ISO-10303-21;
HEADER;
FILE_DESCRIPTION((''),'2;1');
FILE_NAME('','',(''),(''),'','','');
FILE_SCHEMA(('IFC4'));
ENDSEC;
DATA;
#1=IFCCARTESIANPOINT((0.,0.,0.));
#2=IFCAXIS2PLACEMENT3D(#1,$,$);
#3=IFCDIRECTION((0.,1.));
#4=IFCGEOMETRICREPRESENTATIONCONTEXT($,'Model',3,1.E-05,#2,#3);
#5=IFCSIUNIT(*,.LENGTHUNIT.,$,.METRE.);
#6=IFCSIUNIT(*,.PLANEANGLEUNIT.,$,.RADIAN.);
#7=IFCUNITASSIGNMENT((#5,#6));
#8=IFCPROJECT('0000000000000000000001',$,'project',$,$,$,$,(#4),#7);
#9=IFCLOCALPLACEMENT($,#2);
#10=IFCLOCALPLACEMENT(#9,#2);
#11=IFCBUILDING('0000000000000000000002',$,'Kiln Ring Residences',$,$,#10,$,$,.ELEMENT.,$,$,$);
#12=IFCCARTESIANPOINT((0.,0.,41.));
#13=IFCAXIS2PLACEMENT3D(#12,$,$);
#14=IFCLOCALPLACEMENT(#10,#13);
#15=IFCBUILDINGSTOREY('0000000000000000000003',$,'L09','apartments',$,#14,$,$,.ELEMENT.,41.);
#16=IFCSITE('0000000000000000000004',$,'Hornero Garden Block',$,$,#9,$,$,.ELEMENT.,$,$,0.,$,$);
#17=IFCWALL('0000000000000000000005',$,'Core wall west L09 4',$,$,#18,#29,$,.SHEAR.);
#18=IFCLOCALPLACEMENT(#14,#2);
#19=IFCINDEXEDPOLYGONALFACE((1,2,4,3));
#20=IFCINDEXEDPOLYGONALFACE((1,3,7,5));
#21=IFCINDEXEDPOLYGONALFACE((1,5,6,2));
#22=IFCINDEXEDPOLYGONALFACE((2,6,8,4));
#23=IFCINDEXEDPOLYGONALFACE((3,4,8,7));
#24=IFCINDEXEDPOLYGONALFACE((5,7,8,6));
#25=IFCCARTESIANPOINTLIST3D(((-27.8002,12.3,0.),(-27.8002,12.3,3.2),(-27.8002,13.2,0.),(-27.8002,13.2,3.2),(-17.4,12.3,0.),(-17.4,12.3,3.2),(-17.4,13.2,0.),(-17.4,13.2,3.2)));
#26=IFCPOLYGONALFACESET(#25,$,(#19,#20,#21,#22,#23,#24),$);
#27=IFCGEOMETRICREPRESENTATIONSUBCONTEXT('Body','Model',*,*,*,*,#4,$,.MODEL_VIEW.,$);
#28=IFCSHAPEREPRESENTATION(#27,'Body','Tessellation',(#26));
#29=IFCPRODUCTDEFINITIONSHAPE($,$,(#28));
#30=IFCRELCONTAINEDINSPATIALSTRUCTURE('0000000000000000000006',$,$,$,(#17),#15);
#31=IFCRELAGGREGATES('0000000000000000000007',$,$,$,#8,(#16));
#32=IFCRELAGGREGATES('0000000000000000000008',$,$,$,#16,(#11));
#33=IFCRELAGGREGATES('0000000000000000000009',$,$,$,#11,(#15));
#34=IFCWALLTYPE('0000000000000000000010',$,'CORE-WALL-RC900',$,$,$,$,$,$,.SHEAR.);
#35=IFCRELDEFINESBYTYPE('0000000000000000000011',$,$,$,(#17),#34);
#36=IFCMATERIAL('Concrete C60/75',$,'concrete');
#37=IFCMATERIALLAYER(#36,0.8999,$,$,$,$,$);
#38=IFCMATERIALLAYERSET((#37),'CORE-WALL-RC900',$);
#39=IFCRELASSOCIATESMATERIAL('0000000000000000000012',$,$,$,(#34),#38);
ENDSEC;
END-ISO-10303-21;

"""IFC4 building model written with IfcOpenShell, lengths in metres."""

from ifc_helpers import new_model, si_unit, direction, frame, frame_2d, origin, place, context, subcontext, project, spatial, rectangle, extrude, material, layer, layer_set, type_object, element, save


model = new_model("IFC4")

# Units and contexts
model_context = context("Model", 3, precision=1e-05, world=origin(), true_north=direction((0.0, 1.0)))
body_context = subcontext(model_context, "Body", "Model", "MODEL_VIEW")
ifc_project = project(units=[si_unit("LENGTHUNIT", "METRE"), si_unit("PLANEANGLEUNIT", "RADIAN")], contexts=[model_context])

# Site, building, storey
site_placement = place(None, origin())
site = spatial("IfcSite", under=ifc_project, at=site_placement, Name="Hornero Garden Block", CompositionType="ELEMENT", RefElevation=0.0)
building_placement = place(site_placement, origin())
building = spatial("IfcBuilding", under=site, at=building_placement, Name="Kiln Ring Residences", CompositionType="ELEMENT")
storey_placement = place(building_placement, frame((0.0, 0.0, 41.0)))
storey = spatial("IfcBuildingStorey", under=building, at=storey_placement, Name="L09", Description="apartments", CompositionType="ELEMENT", Elevation=41.0)

# Wall
ifc_material_1 = material(Name="Concrete C60/75", Category="concrete")
ifc_layer_1 = layer(ifc_material_1, 0.8999)
ifc_layer_set_1 = layer_set([ifc_layer_1], Name="CORE-WALL-RC900")
wall_type_1 = type_object("IfcWallType", Name="CORE-WALL-RC900", PredefinedType="SHEAR", material=ifc_layer_set_1)
wall_1_placement = place(storey_placement, frame((-17.3999, 12.75, 0.0), z_axis=(0.0, 0.0, 1.0), x_axis=(-1.0, 0.0, 0.0)))
element("IfcWall", 1, at=wall_1_placement, inside=storey, type_object=wall_type_1, Name="Core wall west L09 4", PredefinedType="SHEAR", context=body_context, shape_type="SweptSolid", body=[
    extrude(rectangle(XDim=10.4001, YDim=0.8999, at=frame_2d((5.2002, 0.0))), origin(), (0.0, 0.0, 1.0), 3.2),
])

save(model, "model.ifc")
